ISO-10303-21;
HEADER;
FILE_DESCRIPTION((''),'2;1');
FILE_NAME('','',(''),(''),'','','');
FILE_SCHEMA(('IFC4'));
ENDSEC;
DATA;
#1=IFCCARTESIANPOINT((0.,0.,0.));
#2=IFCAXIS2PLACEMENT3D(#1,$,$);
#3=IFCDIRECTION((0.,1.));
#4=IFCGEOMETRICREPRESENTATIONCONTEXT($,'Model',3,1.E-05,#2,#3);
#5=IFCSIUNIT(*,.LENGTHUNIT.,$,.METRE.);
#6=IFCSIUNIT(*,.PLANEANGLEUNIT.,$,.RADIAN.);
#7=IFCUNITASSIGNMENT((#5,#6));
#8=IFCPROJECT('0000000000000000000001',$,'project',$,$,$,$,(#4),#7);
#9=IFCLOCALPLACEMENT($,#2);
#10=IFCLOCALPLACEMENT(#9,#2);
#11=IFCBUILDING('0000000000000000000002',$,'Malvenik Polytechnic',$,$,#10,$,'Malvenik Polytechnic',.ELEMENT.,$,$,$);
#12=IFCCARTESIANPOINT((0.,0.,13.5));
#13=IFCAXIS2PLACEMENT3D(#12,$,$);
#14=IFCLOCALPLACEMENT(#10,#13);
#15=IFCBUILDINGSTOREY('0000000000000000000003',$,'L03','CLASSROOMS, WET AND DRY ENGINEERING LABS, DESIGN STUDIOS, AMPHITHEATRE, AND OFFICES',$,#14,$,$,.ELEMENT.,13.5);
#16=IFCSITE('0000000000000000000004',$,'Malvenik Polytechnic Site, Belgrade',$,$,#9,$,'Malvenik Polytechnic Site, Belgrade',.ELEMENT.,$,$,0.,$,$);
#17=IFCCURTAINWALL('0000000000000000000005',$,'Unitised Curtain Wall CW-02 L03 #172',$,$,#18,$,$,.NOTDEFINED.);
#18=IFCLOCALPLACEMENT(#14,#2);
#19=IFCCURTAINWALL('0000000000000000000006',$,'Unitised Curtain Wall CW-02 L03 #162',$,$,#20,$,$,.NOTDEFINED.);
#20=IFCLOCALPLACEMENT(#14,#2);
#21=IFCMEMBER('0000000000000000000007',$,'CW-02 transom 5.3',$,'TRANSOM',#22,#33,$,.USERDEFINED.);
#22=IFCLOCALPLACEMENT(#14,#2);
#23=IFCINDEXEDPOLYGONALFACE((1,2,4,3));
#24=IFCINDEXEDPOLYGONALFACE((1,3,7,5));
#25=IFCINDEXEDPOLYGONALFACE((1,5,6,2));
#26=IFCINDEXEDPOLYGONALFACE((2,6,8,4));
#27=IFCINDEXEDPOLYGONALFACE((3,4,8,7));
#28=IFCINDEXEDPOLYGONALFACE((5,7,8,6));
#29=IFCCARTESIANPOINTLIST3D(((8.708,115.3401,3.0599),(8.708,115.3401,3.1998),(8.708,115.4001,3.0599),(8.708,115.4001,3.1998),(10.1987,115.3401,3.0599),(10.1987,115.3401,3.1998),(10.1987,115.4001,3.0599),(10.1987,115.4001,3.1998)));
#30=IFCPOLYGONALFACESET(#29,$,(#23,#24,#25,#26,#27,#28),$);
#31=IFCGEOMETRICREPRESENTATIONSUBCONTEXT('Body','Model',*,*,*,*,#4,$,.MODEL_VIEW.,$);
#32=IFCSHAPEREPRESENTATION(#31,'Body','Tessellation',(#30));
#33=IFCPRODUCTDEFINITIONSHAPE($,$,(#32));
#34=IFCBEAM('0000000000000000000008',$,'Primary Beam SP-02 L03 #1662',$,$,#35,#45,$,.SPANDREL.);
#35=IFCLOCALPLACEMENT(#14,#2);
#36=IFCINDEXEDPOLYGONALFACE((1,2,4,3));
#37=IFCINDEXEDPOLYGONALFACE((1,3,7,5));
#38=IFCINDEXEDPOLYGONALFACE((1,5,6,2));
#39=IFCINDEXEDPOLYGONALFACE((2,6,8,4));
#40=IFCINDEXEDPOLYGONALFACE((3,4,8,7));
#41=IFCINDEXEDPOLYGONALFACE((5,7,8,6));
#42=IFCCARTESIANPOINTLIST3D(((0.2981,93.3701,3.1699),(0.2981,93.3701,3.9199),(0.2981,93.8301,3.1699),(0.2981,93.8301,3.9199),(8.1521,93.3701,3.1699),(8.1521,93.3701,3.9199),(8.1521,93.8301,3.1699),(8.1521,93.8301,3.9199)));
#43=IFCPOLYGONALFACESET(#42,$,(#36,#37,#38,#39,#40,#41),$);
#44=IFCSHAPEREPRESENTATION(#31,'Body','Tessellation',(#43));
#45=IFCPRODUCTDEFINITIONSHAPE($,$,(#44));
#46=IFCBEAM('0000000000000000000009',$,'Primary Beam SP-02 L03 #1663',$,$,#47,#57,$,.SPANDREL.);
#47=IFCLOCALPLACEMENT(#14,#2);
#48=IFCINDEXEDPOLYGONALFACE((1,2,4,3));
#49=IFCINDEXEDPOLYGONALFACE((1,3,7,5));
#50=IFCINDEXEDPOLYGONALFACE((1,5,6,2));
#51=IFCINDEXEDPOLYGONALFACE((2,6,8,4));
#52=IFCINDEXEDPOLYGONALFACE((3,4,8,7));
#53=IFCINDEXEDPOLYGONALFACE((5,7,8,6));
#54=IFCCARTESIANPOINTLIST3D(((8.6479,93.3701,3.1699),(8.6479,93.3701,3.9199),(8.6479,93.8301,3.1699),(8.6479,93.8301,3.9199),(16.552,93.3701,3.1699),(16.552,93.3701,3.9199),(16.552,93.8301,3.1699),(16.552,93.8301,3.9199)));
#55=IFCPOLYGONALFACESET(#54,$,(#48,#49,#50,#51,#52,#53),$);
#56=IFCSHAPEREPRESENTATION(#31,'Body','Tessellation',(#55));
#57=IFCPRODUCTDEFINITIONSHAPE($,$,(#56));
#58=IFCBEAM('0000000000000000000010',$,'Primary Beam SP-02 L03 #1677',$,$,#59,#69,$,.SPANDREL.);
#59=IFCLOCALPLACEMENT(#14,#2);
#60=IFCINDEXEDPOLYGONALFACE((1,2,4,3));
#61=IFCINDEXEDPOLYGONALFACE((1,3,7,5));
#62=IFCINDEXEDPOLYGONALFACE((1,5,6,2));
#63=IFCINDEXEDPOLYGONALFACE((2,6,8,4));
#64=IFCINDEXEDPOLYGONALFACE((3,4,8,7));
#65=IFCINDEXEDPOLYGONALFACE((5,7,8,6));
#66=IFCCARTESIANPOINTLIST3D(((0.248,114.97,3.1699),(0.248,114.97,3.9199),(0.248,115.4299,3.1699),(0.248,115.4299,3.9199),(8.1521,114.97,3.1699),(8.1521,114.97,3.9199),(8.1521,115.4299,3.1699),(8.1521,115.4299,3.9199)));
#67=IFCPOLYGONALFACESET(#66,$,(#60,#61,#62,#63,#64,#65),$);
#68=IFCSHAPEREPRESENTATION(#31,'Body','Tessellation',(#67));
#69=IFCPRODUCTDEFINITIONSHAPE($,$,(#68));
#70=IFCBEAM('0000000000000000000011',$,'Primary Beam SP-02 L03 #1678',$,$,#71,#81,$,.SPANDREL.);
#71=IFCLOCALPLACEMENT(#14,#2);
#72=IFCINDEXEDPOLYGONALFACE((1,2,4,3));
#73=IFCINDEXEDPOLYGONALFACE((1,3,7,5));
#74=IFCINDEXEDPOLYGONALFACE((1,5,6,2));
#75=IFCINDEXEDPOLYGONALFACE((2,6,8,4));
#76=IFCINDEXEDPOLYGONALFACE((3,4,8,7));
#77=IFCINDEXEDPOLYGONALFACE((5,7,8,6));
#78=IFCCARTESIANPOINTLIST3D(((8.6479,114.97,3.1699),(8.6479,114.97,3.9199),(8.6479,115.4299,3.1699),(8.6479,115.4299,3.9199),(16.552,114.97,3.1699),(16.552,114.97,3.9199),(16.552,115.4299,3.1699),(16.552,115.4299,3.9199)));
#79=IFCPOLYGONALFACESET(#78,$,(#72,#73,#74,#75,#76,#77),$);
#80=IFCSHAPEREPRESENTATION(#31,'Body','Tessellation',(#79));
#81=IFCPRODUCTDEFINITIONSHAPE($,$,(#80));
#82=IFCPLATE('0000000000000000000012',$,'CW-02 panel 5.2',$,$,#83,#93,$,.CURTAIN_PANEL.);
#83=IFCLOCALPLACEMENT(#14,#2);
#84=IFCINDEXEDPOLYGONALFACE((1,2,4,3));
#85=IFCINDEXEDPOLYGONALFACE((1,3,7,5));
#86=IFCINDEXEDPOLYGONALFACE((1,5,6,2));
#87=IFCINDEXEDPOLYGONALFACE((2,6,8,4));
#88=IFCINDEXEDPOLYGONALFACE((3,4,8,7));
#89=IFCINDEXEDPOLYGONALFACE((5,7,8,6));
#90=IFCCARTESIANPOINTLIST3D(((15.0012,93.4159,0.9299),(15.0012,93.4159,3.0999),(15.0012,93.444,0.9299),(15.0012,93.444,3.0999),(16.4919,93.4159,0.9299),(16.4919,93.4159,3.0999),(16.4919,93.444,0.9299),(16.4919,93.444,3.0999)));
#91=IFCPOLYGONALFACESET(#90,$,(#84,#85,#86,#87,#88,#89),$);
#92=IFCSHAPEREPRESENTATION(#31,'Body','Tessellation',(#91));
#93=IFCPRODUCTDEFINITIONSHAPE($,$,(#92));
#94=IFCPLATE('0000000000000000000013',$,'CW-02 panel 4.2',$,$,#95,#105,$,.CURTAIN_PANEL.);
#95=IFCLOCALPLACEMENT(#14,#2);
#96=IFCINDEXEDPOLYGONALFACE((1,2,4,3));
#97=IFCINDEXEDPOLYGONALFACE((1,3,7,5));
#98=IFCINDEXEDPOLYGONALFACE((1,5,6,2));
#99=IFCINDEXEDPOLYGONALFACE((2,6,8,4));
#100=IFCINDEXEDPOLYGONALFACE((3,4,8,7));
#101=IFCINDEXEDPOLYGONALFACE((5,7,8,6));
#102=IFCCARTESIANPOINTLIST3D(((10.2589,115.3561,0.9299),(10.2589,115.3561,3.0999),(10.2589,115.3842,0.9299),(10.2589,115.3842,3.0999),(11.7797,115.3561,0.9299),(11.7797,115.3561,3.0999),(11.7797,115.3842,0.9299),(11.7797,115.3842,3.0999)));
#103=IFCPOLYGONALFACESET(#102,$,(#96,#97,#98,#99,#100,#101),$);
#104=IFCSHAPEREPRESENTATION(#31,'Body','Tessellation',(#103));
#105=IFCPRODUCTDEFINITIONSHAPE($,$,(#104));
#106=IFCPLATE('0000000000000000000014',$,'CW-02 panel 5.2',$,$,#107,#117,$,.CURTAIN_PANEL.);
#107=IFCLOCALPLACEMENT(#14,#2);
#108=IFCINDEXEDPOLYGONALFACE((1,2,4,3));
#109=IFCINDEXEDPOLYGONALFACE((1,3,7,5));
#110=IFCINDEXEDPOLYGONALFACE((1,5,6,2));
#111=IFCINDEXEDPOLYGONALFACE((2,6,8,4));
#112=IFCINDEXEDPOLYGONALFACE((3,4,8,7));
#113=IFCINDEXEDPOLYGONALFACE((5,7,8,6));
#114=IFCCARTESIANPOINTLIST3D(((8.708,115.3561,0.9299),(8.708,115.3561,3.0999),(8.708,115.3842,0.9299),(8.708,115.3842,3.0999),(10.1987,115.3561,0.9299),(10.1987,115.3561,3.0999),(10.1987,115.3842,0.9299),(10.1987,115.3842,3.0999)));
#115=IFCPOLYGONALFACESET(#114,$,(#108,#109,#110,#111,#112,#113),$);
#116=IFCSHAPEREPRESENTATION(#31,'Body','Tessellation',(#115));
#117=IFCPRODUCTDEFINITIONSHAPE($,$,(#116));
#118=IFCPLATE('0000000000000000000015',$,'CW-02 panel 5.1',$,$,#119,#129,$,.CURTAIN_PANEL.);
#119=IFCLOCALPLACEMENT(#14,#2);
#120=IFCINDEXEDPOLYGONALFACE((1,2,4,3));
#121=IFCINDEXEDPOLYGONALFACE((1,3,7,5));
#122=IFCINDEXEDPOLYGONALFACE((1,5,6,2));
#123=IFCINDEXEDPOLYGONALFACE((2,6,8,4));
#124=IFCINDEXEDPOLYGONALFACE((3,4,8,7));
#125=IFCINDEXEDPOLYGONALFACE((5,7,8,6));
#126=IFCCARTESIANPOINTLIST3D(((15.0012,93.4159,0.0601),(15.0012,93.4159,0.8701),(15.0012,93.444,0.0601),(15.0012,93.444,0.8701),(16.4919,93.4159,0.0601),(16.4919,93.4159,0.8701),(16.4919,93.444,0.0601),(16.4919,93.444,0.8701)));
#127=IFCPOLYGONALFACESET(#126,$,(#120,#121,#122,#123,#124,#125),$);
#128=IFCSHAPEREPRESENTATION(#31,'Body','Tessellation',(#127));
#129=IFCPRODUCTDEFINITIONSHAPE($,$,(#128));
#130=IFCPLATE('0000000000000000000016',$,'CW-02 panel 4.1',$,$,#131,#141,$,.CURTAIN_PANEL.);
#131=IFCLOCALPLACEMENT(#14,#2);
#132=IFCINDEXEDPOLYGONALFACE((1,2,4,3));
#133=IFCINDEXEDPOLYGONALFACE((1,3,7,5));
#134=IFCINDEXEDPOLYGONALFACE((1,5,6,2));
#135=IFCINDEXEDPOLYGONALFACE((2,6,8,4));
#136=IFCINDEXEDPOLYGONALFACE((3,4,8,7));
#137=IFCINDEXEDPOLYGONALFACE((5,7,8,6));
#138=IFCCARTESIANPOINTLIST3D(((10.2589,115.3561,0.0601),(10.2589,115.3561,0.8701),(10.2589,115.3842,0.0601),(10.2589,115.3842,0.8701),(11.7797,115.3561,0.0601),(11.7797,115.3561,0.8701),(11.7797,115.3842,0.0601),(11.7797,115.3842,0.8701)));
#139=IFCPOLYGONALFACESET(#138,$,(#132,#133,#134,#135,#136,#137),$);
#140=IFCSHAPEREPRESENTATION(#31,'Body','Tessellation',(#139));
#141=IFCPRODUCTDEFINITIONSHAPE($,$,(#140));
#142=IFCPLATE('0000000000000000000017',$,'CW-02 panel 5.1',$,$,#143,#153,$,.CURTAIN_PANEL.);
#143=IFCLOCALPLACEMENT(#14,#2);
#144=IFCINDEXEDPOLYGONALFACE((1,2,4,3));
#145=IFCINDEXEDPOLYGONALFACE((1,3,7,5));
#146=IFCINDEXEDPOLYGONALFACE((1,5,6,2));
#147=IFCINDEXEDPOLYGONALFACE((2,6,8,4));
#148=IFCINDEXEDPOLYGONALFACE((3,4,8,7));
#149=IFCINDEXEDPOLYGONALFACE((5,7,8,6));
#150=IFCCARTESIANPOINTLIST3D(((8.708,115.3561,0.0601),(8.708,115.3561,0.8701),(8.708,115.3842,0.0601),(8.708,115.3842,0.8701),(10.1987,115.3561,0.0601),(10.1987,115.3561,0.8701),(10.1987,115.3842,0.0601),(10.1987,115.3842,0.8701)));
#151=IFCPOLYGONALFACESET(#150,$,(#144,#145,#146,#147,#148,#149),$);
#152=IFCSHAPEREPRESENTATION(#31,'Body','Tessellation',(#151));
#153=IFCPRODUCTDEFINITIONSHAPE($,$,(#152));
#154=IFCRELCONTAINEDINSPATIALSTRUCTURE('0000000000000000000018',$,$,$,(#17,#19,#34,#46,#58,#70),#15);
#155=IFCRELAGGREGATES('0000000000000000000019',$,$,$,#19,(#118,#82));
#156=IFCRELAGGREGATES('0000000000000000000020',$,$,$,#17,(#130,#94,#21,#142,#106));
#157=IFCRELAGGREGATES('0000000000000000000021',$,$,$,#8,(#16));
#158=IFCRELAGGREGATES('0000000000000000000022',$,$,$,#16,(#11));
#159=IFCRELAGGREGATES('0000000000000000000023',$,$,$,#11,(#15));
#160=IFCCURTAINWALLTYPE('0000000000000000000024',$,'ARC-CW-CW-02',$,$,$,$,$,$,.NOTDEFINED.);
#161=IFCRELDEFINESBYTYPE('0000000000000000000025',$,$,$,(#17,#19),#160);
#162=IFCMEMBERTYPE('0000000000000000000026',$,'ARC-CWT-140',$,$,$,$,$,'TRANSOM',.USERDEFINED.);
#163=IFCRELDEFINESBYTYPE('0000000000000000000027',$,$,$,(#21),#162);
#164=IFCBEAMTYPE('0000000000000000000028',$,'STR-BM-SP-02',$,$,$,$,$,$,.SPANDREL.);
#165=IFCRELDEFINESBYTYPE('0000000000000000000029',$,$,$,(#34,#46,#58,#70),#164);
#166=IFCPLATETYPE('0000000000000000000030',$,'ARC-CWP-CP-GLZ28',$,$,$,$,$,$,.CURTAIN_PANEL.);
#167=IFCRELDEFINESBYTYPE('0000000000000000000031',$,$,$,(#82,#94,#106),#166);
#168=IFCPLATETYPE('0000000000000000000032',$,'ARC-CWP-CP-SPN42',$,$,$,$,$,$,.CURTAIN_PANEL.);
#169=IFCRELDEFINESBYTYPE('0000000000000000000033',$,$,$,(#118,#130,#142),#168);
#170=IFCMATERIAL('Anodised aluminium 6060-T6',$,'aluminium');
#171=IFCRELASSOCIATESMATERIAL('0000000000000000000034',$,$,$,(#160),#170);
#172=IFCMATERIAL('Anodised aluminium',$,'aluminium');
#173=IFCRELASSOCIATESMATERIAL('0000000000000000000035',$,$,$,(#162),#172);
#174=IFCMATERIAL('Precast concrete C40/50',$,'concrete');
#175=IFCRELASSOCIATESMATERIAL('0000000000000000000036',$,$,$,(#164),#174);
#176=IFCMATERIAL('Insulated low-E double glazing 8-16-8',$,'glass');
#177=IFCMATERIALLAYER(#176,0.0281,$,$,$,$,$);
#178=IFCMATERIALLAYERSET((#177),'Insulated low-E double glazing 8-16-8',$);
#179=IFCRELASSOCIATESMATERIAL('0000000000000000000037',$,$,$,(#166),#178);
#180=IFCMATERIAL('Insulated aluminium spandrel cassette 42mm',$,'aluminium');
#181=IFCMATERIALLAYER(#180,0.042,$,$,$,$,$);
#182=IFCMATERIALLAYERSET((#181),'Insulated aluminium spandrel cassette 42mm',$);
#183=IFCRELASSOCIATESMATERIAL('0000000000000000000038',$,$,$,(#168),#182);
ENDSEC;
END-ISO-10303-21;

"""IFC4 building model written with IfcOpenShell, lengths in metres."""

from ifc_helpers import new_model, si_unit, direction, frame, origin, origin_2d, place, context, subcontext, project, spatial, rectangle, extrude, material, layer, layer_set, material_profile, profile_set, type_object, element, aggregate, save


model = new_model("IFC4")

# Units and contexts
model_context = context("Model", 3, precision=1e-05, world=origin(), true_north=direction((0.0, 1.0)))
body_context = subcontext(model_context, "Body", "Model", "MODEL_VIEW")
ifc_project = project(units=[si_unit("LENGTHUNIT", "METRE"), si_unit("PLANEANGLEUNIT", "RADIAN")], contexts=[model_context])

# Site, building, storey
site_placement = place(None, origin())
site = spatial("IfcSite", under=ifc_project, at=site_placement, Name="Malvenik Polytechnic Site, Belgrade", LongName="Malvenik Polytechnic Site, Belgrade", CompositionType="ELEMENT", RefElevation=0.0)
building_placement = place(site_placement, origin())
building = spatial("IfcBuilding", under=site, at=building_placement, Name="Malvenik Polytechnic", LongName="Malvenik Polytechnic", CompositionType="ELEMENT")
storey_placement = place(building_placement, frame((0.0, 0.0, 13.5)))
storey = spatial("IfcBuildingStorey", under=building, at=storey_placement, Name="L03", Description="CLASSROOMS, WET AND DRY ENGINEERING LABS, DESIGN STUDIOS, AMPHITHEATRE, AND OFFICES", CompositionType="ELEMENT", Elevation=13.5)

# Curtain walls
ifc_material_1 = material(Name="Anodised aluminium 6060-T6", Category="aluminium")
curtain_wall_type = type_object("IfcCurtainWallType", Name="ARC-CW-CW-02", PredefinedType="NOTDEFINED", material=ifc_material_1)
curtain_wall_1_placement = place(storey_placement, origin())
curtain_wall_1 = element("IfcCurtainWall", 1, at=curtain_wall_1_placement, inside=storey, type_object=curtain_wall_type, Name="Unitised Curtain Wall CW-02 L03 #172", PredefinedType="NOTDEFINED")
ifc_material_2 = material(Name="Anodised aluminium", Category="aluminium")
curtain_wall_2_placement = place(storey_placement, origin())
curtain_wall_2 = element("IfcCurtainWall", 2, at=curtain_wall_2_placement, inside=storey, type_object=curtain_wall_type, Name="Unitised Curtain Wall CW-02 L03 #162", PredefinedType="NOTDEFINED")
ifc_material_profile_1 = material_profile(ifc_material_2, rectangle(XDim=0.0601, YDim=0.1399, at=origin_2d()), Name="ALU TRANSOM 60x140")
ifc_profile_set_1 = profile_set([ifc_material_profile_1], Name="Anodised aluminium")
member_type_1 = type_object("IfcMemberType", Name="ARC-CWT-140", ElementType="TRANSOM", PredefinedType="USERDEFINED", material=ifc_profile_set_1)

# Member
member_1_placement = place(storey_placement, frame((10.1987, 115.3701, 3.1299), z_axis=(-1.0, 0.0, 0.0), x_axis=(0.0, -1.0, 0.0)))
member_1 = element("IfcMember", 3, at=member_1_placement, type_object=member_type_1, Name="CW-02 transom 5.3", ObjectType="TRANSOM", PredefinedType="USERDEFINED", context=body_context, shape_type="SweptSolid", body=[
    extrude(rectangle(XDim=0.0601, YDim=0.1399, at=origin_2d()), origin(), (0.0, 0.0, 1.0), 1.4907),
])

# Beams
ifc_material_3 = material(Name="Precast concrete C40/50", Category="concrete")
ifc_material_profile_2 = material_profile(ifc_material_3, rectangle(XDim=0.46, YDim=0.75, at=origin_2d()), Name="PC SPN 460x750")
ifc_profile_set_2 = profile_set([ifc_material_profile_2], Name="Precast concrete C40/50")
beam_type = type_object("IfcBeamType", Name="STR-BM-SP-02", PredefinedType="SPANDREL", material=ifc_profile_set_2)
beam_placement = place(storey_placement, frame((0.2981, 93.6001, 3.5449), z_axis=(1.0, 0.0, 0.0), x_axis=(0.0, 1.0, 0.0)))
element("IfcBeam", 4, at=beam_placement, inside=storey, type_object=beam_type, Name="Primary Beam SP-02 L03 #1662", PredefinedType="SPANDREL", context=body_context, shape_type="SweptSolid", body=[
    extrude(rectangle(XDim=0.46, YDim=0.75, at=origin_2d()), origin(), (0.0, 0.0, 1.0), 7.854),
])
for number, where, z_axis, x_axis, name in (
    (5, (8.6479, 93.6001, 3.5449), (1.0, 0.0, 0.0), (0.0, 1.0, 0.0), "Primary Beam SP-02 L03 #1663"),
    (6, (0.248, 115.2, 3.5449), (1.0, 0.0, 0.0), (0.0, 1.0, 0.0), "Primary Beam SP-02 L03 #1677"),
    (7, (8.6479, 115.2, 3.5449), (1.0, 0.0, 0.0), (0.0, 1.0, 0.0), "Primary Beam SP-02 L03 #1678"),
):
    element("IfcBeam", number, at=place(storey_placement, frame(where, z_axis=z_axis, x_axis=x_axis)), inside=storey, type_object=beam_type, Name=name, PredefinedType="SPANDREL", context=body_context, shape_type="SweptSolid", body=[
        extrude(rectangle(XDim=0.46, YDim=0.75, at=origin_2d()), origin(), (0.0, 0.0, 1.0), 7.9041),
    ])

# Plates
ifc_material_4 = material(Name="Insulated low-E double glazing 8-16-8", Category="glass")
ifc_layer_1 = layer(ifc_material_4, 0.0281)
ifc_layer_set_1 = layer_set([ifc_layer_1], Name="Insulated low-E double glazing 8-16-8")
plate_type_1 = type_object("IfcPlateType", Name="ARC-CWP-CP-GLZ28", PredefinedType="CURTAIN_PANEL", material=ifc_layer_set_1)
plate_1_placement = place(storey_placement, frame((15.7466, 93.4299, 0.9299), z_axis=(0.0, 0.0, 1.0), x_axis=(1.0, 0.0, 0.0)))
plate_1 = element("IfcPlate", 8, at=plate_1_placement, type_object=plate_type_1, Name="CW-02 panel 5.2", PredefinedType="CURTAIN_PANEL", context=body_context, shape_type="SweptSolid", body=[
    extrude(rectangle(XDim=1.4907, YDim=0.0281, at=origin_2d()), origin(), (0.0, 0.0, 1.0), 2.1699),
])
plate_2_placement = place(storey_placement, frame((11.0193, 115.3701, 0.9299), z_axis=(0.0, 0.0, 1.0), x_axis=(-1.0, 0.0, 0.0)))
plate_2 = element("IfcPlate", 9, at=plate_2_placement, type_object=plate_type_1, Name="CW-02 panel 4.2", PredefinedType="CURTAIN_PANEL", context=body_context, shape_type="SweptSolid", body=[
    extrude(rectangle(XDim=1.5208, YDim=0.0281, at=origin_2d()), origin(), (0.0, 0.0, 1.0), 2.1699),
])
plate_3_placement = place(storey_placement, frame((9.4534, 115.3701, 0.9299), z_axis=(0.0, 0.0, 1.0), x_axis=(-1.0, 0.0, 0.0)))
plate_3 = element("IfcPlate", 10, at=plate_3_placement, type_object=plate_type_1, Name="CW-02 panel 5.2", PredefinedType="CURTAIN_PANEL", context=body_context, shape_type="SweptSolid", body=[
    extrude(rectangle(XDim=1.4907, YDim=0.0281, at=origin_2d()), origin(), (0.0, 0.0, 1.0), 2.1699),
])
ifc_material_5 = material(Name="Insulated aluminium spandrel cassette 42mm", Category="aluminium")
ifc_layer_2 = layer(ifc_material_5, 0.042)
ifc_layer_set_2 = layer_set([ifc_layer_2], Name="Insulated aluminium spandrel cassette 42mm")
plate_type_2 = type_object("IfcPlateType", Name="ARC-CWP-CP-SPN42", PredefinedType="CURTAIN_PANEL", material=ifc_layer_set_2)
plate_4_placement = place(storey_placement, frame((15.7466, 93.4299, 0.0601), z_axis=(0.0, 0.0, 1.0), x_axis=(1.0, 0.0, 0.0)))
plate_4 = element("IfcPlate", 11, at=plate_4_placement, type_object=plate_type_2, Name="CW-02 panel 5.1", PredefinedType="CURTAIN_PANEL", context=body_context, shape_type="SweptSolid", body=[
    extrude(rectangle(XDim=1.4907, YDim=0.0281, at=origin_2d()), origin(), (0.0, 0.0, 1.0), 0.8101),
])
aggregate(curtain_wall_2, [plate_4, plate_1])
plate_5_placement = place(storey_placement, frame((11.0193, 115.3701, 0.0601), z_axis=(0.0, 0.0, 1.0), x_axis=(-1.0, 0.0, 0.0)))
plate_5 = element("IfcPlate", 12, at=plate_5_placement, type_object=plate_type_2, Name="CW-02 panel 4.1", PredefinedType="CURTAIN_PANEL", context=body_context, shape_type="SweptSolid", body=[
    extrude(rectangle(XDim=1.5208, YDim=0.0281, at=origin_2d()), origin(), (0.0, 0.0, 1.0), 0.8101),
])
plate_6_placement = place(storey_placement, frame((9.4534, 115.3701, 0.0601), z_axis=(0.0, 0.0, 1.0), x_axis=(-1.0, 0.0, 0.0)))
plate_6 = element("IfcPlate", 13, at=plate_6_placement, type_object=plate_type_2, Name="CW-02 panel 5.1", PredefinedType="CURTAIN_PANEL", context=body_context, shape_type="SweptSolid", body=[
    extrude(rectangle(XDim=1.4907, YDim=0.0281, at=origin_2d()), origin(), (0.0, 0.0, 1.0), 0.8101),
])
aggregate(curtain_wall_1, [plate_5, plate_2, member_1, plate_6, plate_3])

save(model, "model.ifc")
